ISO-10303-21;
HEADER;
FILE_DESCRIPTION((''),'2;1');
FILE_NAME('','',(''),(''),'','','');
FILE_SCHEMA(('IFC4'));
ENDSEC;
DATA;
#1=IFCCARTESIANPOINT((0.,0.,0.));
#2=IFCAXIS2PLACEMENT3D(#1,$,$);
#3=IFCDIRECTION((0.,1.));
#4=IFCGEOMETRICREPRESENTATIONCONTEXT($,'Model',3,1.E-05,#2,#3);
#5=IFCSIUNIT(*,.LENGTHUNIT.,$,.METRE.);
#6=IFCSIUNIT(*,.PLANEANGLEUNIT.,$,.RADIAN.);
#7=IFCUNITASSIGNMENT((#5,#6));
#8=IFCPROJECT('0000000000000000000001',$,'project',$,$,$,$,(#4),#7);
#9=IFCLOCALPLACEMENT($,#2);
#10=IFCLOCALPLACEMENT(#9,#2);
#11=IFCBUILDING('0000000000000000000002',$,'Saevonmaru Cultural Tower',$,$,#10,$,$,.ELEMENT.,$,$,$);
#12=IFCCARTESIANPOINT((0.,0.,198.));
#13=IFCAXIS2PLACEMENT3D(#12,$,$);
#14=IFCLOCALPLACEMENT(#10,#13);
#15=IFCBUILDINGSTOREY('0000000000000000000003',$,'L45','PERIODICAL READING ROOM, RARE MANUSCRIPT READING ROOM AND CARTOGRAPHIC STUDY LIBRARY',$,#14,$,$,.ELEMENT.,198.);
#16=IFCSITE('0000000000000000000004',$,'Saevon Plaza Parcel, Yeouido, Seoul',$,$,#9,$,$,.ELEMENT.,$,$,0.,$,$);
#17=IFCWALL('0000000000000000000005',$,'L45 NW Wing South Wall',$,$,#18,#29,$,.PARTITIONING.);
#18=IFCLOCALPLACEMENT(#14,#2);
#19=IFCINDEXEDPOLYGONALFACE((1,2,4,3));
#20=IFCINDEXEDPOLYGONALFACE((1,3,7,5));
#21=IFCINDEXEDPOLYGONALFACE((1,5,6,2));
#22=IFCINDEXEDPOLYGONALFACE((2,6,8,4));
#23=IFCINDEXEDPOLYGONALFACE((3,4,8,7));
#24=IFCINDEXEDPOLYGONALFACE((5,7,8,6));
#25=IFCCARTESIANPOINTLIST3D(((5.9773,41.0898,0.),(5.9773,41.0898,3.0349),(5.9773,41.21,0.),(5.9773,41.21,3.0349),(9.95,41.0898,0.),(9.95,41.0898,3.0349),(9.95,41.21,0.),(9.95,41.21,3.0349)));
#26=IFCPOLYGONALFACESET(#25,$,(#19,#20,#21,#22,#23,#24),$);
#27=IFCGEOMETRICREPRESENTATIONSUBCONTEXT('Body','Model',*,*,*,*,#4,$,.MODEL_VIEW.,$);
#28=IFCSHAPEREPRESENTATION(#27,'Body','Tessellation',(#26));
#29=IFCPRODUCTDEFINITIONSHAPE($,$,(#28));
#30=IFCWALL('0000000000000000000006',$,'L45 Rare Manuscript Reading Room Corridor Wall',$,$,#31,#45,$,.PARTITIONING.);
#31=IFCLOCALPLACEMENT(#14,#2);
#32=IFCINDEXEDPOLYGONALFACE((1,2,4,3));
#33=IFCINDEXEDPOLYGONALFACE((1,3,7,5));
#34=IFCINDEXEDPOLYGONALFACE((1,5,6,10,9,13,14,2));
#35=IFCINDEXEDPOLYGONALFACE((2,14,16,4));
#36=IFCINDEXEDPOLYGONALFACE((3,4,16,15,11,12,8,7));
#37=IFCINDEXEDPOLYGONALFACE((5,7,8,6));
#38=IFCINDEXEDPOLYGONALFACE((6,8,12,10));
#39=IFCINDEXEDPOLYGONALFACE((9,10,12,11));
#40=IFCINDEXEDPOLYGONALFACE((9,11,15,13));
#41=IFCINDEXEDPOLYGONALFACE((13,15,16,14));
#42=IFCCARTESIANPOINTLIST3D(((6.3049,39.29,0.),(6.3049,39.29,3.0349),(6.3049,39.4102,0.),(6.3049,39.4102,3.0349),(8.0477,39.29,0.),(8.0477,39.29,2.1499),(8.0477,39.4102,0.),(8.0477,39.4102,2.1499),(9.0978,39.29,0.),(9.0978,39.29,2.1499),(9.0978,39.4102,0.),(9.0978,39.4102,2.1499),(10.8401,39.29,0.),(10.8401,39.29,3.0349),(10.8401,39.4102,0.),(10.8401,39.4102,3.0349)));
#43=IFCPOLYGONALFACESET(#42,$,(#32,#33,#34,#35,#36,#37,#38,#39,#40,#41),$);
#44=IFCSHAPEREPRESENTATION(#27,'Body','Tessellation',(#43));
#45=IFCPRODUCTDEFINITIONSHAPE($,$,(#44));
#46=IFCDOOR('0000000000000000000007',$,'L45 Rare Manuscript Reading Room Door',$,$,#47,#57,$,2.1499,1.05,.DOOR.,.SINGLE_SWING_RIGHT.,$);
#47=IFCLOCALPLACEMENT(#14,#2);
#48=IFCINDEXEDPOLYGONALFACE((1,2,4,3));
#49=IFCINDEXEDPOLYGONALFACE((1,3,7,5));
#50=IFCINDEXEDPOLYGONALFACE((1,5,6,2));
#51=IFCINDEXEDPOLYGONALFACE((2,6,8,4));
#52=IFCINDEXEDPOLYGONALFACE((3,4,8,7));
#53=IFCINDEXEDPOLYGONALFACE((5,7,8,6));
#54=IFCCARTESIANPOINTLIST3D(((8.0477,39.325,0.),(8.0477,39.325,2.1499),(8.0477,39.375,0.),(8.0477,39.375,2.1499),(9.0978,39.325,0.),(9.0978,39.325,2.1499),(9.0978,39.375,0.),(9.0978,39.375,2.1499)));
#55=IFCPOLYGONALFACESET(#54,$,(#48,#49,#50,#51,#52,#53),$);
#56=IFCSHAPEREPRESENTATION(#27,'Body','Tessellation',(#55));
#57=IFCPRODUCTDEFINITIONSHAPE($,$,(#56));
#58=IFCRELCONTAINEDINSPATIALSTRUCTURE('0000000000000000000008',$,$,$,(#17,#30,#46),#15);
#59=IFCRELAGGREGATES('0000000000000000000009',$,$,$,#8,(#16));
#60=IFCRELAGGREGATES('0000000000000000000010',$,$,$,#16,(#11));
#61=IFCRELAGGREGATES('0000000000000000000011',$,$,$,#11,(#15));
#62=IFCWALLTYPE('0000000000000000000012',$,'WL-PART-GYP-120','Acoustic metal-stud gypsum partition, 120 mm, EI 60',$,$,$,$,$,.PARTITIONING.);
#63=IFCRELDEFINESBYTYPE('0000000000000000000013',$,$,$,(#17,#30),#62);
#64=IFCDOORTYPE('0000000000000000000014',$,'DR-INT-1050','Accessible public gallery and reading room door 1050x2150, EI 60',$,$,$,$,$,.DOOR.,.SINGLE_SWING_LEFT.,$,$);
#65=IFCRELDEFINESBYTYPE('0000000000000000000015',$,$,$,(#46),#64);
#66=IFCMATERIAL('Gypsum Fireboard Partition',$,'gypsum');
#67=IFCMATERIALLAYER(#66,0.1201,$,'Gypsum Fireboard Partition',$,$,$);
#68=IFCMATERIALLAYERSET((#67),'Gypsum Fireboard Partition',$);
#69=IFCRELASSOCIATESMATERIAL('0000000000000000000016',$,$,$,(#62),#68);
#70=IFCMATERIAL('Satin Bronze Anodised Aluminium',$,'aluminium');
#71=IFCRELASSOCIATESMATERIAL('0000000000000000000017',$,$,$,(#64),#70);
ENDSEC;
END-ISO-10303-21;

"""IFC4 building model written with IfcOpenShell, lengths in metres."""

from ifc_helpers import new_model, si_unit, direction, frame, frame_2d, origin, place, context, subcontext, project, spatial, rectangle, extrude, material, layer, layer_set, type_object, element, fill, save


model = new_model("IFC4")

# Units and contexts
model_context = context("Model", 3, precision=1e-05, world=origin(), true_north=direction((0.0, 1.0)))
body_context = subcontext(model_context, "Body", "Model", "MODEL_VIEW")
ifc_project = project(units=[si_unit("LENGTHUNIT", "METRE"), si_unit("PLANEANGLEUNIT", "RADIAN")], contexts=[model_context])

# Site, building, storey
site_placement = place(None, origin())
site = spatial("IfcSite", under=ifc_project, at=site_placement, Name="Saevon Plaza Parcel, Yeouido, Seoul", CompositionType="ELEMENT", RefElevation=0.0)
building_placement = place(site_placement, origin())
building = spatial("IfcBuilding", under=site, at=building_placement, Name="Saevonmaru Cultural Tower", CompositionType="ELEMENT")
storey_placement = place(building_placement, frame((0.0, 0.0, 198.0)))
storey = spatial("IfcBuildingStorey", under=building, at=storey_placement, Name="L45", Description="PERIODICAL READING ROOM, RARE MANUSCRIPT READING ROOM AND CARTOGRAPHIC STUDY LIBRARY", CompositionType="ELEMENT", Elevation=198.0)

# Shared definitions
ifc_material_1 = material(Name="Satin Bronze Anodised Aluminium", Category="aluminium")

# Wall
ifc_material_2 = material(Name="Gypsum Fireboard Partition", Category="gypsum")
ifc_layer_1 = layer(ifc_material_2, 0.1201, Name="Gypsum Fireboard Partition")
ifc_layer_set_1 = layer_set([ifc_layer_1], Name="Gypsum Fireboard Partition")
wall_type = type_object("IfcWallType", Name="WL-PART-GYP-120", Description="Acoustic metal-stud gypsum partition, 120 mm, EI 60", PredefinedType="PARTITIONING", material=ifc_layer_set_1)
wall_1_placement = place(storey_placement, frame((5.9773, 41.1499, 0.0), z_axis=(0.0, 0.0, 1.0), x_axis=(1.0, 0.0, 0.0)))
element("IfcWall", 1, at=wall_1_placement, inside=storey, type_object=wall_type, Name="L45 NW Wing South Wall", PredefinedType="PARTITIONING", context=body_context, shape_type="SweptSolid", body=[
    extrude(rectangle(XDim=3.9727, YDim=0.1201, at=frame_2d((1.9863, 0.0))), origin(), (0.0, 0.0, 1.0), 3.0349),
])

# Wall, opening, door
wall_2_placement = place(storey_placement, frame((6.3049, 39.3501, 0.0), z_axis=(0.0, 0.0, 1.0), x_axis=(1.0, 0.0, 0.0)))
wall_2 = element("IfcWall", 2, at=wall_2_placement, inside=storey, type_object=wall_type, Name="L45 Rare Manuscript Reading Room Corridor Wall", PredefinedType="PARTITIONING", context=body_context, shape_type="SweptSolid", body=[
    extrude(rectangle(XDim=4.5352, YDim=0.1201, at=frame_2d((2.2676, 0.0))), origin(), (0.0, 0.0, 1.0), 3.0349),
])
opening_placement = place(wall_2_placement, frame((1.7429, 0.0, 0.0)))
opening = element("IfcOpeningElement", 3, at=opening_placement, cuts=wall_2, PredefinedType="OPENING", context=body_context, shape_type="SweptSolid", body=[
    extrude(rectangle(XDim=1.05, YDim=2.1499, at=frame_2d((0.5249, 1.075))), frame((0.0, 0.0701, 0.0), z_axis=(0.0, -1.0, 0.0), x_axis=(1.0, 0.0, 0.0)), (0.0, 0.0, 1.0), 0.1401),
])
door_type = type_object("IfcDoorType", Name="DR-INT-1050", Description="Accessible public gallery and reading room door 1050x2150, EI 60", OperationType="SINGLE_SWING_LEFT", PredefinedType="DOOR", material=ifc_material_1)
door_placement = place(opening_placement, origin())
door = element("IfcDoor", 4, at=door_placement, inside=storey, type_object=door_type, Name="L45 Rare Manuscript Reading Room Door", OperationType="SINGLE_SWING_RIGHT", OverallHeight=2.1499, OverallWidth=1.05, PredefinedType="DOOR", context=body_context, shape_type="SweptSolid", body=[
    extrude(rectangle(XDim=1.05, YDim=2.1499, at=frame_2d((0.5249, 1.075))), frame((0.0, 0.0249, 0.0), z_axis=(0.0, -1.0, 0.0), x_axis=(1.0, 0.0, 0.0)), (0.0, 0.0, 1.0), 0.05),
])
fill(opening, door)

save(model, "model.ifc")
